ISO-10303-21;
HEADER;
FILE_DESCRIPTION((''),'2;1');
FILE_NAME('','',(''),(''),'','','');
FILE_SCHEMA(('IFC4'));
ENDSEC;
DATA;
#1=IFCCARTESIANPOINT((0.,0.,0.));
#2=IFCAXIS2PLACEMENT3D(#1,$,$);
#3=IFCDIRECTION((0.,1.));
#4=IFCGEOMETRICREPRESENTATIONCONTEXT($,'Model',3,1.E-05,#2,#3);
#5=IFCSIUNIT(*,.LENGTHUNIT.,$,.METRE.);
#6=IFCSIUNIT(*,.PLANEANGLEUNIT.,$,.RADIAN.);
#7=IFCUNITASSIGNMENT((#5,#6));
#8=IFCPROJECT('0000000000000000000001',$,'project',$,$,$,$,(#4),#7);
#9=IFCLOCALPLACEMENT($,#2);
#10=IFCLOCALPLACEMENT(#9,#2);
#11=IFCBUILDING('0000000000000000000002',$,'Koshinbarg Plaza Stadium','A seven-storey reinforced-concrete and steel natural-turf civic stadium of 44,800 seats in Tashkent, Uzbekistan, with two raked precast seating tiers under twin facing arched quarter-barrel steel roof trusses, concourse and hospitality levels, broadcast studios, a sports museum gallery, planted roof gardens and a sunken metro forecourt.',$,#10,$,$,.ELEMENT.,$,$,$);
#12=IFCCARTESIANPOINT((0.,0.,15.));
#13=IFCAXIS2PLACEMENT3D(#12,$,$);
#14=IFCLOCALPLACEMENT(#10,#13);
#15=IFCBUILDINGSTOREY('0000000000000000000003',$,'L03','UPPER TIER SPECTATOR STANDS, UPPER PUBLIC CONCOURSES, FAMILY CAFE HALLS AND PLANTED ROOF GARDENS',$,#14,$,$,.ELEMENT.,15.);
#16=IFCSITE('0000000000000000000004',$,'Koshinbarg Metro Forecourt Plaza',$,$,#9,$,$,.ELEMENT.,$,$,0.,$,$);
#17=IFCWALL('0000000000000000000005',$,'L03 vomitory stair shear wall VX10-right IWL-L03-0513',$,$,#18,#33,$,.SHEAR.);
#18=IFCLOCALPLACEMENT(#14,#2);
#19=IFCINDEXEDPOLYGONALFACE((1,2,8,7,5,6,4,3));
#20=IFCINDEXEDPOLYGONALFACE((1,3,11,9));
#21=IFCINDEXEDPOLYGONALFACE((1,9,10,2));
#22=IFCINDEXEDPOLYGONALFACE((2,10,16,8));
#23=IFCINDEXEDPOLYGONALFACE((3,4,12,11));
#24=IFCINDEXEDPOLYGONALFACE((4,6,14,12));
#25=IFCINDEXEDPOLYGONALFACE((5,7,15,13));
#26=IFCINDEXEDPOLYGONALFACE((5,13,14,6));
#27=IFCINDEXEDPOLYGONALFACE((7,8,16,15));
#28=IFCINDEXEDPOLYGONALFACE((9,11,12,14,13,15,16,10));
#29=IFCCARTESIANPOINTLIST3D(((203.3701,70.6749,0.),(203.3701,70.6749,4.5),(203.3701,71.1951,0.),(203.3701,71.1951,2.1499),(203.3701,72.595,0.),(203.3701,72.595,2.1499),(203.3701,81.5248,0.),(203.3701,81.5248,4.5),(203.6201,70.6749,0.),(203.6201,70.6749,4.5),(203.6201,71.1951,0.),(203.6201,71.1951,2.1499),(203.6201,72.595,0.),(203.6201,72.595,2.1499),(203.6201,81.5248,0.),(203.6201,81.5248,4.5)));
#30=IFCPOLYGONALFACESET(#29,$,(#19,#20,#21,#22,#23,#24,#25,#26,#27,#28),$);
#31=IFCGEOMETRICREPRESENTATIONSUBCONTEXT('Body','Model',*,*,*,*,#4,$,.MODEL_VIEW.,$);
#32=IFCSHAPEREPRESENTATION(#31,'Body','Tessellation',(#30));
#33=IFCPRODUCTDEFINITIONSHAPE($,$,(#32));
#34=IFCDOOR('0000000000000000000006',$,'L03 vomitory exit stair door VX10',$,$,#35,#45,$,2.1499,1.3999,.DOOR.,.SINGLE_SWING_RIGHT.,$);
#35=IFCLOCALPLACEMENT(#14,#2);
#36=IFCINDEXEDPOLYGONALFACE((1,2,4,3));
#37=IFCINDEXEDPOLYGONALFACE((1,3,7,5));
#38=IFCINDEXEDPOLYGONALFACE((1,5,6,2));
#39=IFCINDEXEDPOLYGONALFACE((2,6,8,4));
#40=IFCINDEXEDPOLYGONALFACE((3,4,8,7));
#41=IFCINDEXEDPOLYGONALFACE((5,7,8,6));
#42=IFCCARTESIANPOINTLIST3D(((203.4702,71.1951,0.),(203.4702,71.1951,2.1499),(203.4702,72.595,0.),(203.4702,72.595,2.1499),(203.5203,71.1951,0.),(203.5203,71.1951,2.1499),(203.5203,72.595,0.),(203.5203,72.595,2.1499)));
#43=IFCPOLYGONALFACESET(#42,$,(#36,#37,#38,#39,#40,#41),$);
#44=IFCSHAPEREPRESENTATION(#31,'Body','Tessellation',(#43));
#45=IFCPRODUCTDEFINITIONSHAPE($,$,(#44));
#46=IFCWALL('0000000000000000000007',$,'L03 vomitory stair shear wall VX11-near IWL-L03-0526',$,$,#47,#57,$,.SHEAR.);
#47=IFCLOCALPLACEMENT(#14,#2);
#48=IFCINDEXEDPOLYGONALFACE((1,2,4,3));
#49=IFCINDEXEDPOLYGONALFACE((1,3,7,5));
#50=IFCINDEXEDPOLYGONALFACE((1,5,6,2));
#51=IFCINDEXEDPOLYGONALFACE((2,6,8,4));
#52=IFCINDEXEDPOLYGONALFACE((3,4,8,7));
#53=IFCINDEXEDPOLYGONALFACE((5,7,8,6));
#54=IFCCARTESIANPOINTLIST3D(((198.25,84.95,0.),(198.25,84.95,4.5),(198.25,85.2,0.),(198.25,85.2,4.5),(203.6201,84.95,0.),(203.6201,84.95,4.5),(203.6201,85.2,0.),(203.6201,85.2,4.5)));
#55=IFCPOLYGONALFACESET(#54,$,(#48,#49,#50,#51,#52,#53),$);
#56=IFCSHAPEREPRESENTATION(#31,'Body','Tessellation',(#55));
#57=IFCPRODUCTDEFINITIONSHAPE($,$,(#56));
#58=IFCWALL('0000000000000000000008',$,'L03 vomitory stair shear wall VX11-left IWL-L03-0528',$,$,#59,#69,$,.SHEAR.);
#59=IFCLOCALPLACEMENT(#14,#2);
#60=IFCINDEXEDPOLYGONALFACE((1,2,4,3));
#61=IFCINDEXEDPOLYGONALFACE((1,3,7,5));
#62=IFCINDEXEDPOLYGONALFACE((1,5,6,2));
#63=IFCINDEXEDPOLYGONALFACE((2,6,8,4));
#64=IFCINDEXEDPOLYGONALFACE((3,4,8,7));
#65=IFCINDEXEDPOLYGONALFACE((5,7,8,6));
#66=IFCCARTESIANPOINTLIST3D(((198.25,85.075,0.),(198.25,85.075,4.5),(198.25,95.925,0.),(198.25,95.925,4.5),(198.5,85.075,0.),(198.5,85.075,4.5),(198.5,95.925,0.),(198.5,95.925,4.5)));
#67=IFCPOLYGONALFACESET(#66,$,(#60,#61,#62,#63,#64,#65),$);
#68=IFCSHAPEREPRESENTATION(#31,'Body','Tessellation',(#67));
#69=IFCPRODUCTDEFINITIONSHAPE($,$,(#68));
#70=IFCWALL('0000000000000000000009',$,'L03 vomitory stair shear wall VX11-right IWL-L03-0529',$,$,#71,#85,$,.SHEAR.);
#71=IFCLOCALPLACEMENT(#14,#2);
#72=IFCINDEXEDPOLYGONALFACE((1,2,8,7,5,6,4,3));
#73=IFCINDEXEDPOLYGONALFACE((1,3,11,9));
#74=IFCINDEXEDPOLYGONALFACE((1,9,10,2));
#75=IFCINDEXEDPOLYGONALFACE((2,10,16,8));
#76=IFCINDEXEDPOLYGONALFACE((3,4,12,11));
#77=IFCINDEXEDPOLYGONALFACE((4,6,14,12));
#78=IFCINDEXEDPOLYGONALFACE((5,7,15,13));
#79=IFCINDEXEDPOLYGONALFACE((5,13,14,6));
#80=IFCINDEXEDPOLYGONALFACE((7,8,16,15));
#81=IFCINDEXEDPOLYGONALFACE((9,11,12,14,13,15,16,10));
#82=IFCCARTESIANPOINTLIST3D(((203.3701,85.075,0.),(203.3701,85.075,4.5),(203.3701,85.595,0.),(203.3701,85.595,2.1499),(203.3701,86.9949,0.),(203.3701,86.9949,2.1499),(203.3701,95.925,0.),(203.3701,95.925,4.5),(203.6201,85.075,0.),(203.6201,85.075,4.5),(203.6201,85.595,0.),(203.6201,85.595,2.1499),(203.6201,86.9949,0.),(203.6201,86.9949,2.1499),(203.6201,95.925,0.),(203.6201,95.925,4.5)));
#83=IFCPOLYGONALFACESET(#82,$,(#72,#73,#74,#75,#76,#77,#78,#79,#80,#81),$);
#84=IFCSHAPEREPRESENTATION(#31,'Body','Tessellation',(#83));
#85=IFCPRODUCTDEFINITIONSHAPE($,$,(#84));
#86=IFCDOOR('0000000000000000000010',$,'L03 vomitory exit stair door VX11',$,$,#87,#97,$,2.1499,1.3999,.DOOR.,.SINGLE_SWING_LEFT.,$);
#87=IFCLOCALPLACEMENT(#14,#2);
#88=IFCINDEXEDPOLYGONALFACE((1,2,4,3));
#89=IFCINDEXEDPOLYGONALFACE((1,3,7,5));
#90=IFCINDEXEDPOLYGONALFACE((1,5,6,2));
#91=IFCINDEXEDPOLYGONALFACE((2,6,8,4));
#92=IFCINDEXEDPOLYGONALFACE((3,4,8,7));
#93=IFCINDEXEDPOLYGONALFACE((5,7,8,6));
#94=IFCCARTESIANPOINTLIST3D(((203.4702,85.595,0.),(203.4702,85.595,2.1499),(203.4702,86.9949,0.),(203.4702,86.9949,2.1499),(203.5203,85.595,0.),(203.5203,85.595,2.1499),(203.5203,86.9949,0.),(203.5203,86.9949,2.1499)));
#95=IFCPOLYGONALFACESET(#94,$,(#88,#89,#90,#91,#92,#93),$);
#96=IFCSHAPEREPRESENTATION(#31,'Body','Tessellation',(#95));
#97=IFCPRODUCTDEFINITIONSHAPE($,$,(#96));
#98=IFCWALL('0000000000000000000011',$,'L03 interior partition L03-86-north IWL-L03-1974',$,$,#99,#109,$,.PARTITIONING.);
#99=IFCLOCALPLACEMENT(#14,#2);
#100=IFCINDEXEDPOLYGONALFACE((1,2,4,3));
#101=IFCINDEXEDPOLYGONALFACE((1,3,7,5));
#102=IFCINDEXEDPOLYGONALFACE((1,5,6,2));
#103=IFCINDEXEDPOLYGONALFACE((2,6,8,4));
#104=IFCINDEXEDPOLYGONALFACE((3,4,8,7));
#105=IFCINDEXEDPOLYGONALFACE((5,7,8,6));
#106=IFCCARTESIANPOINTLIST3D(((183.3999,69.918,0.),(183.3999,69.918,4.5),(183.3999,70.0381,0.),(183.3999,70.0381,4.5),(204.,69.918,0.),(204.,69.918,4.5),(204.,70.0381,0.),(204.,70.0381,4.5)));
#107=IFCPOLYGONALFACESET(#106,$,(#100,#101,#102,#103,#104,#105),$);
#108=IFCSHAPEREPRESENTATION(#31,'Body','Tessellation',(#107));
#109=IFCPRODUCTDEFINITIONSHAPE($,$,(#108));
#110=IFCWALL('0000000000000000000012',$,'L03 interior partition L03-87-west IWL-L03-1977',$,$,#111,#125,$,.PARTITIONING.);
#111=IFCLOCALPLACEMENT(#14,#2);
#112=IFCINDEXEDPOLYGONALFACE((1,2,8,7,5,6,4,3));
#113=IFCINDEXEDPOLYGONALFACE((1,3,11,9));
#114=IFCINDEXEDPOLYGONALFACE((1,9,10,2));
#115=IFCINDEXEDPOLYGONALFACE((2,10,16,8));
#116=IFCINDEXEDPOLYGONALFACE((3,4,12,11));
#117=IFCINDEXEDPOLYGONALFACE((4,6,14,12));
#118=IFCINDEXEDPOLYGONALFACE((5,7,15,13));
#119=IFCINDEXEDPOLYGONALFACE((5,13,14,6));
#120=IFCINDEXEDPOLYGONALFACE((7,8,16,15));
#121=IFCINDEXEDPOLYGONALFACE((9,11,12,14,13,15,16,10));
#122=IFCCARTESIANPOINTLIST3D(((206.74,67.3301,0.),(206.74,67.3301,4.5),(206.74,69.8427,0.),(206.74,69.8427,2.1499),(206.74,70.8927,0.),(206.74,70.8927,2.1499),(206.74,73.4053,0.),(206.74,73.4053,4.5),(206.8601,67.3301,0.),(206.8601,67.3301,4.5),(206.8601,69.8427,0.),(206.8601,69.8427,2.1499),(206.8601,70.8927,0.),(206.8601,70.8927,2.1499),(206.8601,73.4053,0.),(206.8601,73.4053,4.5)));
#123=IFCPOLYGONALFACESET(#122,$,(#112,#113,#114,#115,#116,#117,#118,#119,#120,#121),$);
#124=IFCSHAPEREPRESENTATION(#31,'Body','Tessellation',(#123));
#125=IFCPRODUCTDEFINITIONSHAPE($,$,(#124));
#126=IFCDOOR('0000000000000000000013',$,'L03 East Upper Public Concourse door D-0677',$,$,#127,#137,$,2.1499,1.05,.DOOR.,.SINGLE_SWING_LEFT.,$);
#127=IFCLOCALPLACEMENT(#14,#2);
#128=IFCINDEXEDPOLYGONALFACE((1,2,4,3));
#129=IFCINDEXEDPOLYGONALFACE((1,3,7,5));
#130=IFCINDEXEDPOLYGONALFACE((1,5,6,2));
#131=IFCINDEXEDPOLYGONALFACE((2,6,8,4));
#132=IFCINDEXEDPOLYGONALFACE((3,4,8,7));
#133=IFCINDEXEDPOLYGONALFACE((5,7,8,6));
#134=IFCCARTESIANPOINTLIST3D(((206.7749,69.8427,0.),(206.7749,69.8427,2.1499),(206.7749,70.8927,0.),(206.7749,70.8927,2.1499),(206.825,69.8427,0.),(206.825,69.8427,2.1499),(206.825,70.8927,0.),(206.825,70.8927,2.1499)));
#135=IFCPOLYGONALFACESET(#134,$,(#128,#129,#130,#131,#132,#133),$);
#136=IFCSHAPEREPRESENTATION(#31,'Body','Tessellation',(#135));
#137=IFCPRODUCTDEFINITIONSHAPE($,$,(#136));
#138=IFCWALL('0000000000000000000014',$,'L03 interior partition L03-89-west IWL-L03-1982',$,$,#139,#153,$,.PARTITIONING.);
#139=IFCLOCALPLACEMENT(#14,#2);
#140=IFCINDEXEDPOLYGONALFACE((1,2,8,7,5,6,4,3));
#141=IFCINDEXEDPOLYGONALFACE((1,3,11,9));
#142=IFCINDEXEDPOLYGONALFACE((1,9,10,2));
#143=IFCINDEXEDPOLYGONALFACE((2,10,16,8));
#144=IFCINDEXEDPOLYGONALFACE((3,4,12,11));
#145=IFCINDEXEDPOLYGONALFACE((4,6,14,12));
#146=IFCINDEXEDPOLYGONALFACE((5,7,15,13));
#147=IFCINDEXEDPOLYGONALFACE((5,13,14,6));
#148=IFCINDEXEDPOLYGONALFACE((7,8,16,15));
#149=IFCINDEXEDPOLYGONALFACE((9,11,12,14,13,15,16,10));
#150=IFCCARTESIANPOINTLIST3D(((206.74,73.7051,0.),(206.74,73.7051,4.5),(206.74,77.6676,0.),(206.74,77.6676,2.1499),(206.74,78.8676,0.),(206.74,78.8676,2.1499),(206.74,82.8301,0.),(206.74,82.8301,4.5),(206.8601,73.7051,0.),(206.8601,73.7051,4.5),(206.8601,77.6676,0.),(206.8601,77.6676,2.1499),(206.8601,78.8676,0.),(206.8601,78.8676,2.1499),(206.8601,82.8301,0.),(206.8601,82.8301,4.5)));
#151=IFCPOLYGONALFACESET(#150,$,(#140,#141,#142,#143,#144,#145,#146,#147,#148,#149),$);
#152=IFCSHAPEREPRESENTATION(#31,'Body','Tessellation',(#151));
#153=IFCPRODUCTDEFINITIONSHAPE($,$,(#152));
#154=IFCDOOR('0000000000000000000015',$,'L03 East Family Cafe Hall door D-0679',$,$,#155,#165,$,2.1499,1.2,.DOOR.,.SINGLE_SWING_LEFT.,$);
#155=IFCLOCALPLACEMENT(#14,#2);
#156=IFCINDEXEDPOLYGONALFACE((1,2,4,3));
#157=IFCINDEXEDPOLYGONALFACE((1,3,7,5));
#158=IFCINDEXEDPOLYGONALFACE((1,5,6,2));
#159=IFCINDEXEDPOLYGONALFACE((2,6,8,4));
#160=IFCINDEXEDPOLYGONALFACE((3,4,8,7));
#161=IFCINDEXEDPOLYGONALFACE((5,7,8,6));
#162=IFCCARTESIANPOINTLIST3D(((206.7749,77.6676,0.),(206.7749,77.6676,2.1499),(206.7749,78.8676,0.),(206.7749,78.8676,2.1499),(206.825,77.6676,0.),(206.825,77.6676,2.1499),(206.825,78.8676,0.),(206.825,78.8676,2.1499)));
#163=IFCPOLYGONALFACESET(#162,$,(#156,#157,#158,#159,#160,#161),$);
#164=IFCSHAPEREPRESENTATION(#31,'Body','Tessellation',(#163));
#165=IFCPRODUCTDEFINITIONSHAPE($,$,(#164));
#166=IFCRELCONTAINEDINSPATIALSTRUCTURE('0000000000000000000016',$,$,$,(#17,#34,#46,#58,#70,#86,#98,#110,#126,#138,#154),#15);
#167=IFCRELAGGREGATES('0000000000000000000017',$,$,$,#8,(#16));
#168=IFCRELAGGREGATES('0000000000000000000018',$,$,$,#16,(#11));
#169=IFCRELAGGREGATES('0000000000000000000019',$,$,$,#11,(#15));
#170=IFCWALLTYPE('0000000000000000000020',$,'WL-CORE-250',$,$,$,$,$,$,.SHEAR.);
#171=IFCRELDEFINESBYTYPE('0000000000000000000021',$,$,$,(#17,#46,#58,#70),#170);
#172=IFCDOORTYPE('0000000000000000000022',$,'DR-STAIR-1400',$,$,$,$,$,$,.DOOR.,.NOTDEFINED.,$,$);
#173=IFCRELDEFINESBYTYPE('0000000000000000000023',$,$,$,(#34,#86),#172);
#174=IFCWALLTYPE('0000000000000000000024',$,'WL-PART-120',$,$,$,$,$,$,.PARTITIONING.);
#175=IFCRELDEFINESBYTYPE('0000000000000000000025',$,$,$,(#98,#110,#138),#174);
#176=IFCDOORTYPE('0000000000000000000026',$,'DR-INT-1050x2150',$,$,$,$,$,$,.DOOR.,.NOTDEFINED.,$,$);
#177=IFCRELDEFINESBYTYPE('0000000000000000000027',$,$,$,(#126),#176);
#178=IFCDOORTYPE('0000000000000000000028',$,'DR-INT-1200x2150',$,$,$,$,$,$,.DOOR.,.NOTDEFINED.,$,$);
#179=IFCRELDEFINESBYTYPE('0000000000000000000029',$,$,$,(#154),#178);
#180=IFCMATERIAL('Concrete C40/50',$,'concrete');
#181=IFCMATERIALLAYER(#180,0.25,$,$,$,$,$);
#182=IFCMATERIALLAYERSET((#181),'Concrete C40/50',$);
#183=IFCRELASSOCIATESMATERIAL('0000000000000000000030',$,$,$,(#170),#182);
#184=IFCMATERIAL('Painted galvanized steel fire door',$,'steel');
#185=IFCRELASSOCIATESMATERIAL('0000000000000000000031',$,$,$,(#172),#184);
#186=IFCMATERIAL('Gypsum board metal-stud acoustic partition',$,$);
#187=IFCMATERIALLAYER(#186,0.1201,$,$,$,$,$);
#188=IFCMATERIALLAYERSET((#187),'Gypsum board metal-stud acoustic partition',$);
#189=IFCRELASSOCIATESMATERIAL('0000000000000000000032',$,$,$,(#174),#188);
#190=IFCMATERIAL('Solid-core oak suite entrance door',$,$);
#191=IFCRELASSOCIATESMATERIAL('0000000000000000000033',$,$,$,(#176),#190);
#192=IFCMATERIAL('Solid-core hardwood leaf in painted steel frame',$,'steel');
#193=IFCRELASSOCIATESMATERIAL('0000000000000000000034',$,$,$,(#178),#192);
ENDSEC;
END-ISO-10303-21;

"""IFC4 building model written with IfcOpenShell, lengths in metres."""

from ifc_helpers import new_model, si_unit, direction, frame, frame_2d, origin, place, context, subcontext, project, spatial, rectangle, extrude, material, layer, layer_set, type_object, element, fill, save


model = new_model("IFC4")

# Units and contexts
model_context = context("Model", 3, precision=1e-05, world=origin(), true_north=direction((0.0, 1.0)))
body_context = subcontext(model_context, "Body", "Model", "MODEL_VIEW")
ifc_project = project(units=[si_unit("LENGTHUNIT", "METRE"), si_unit("PLANEANGLEUNIT", "RADIAN")], contexts=[model_context])

# Site, building, storey
site_placement = place(None, origin())
site = spatial("IfcSite", under=ifc_project, at=site_placement, Name="Koshinbarg Metro Forecourt Plaza", CompositionType="ELEMENT", RefElevation=0.0)
building_placement = place(site_placement, origin())
building = spatial("IfcBuilding", under=site, at=building_placement, Name="Koshinbarg Plaza Stadium", Description="A seven-storey reinforced-concrete and steel natural-turf civic stadium of 44,800 seats in Tashkent, Uzbekistan, with two raked precast seating tiers under twin facing arched quarter-barrel steel roof trusses, concourse and hospitality levels, broadcast studios, a sports museum gallery, planted roof gardens and a sunken metro forecourt.", CompositionType="ELEMENT")
storey_placement = place(building_placement, frame((0.0, 0.0, 15.0)))
storey = spatial("IfcBuildingStorey", under=building, at=storey_placement, Name="L03", Description="UPPER TIER SPECTATOR STANDS, UPPER PUBLIC CONCOURSES, FAMILY CAFE HALLS AND PLANTED ROOF GARDENS", CompositionType="ELEMENT", Elevation=15.0)

# Shared definitions
ifc_material_1 = material(Name="Concrete C40/50", Category="concrete")

# Shared definitions
ifc_layer_1 = layer(ifc_material_1, 0.25)
ifc_layer_set_1 = layer_set([ifc_layer_1], Name="Concrete C40/50")
wall_type_1 = type_object("IfcWallType", Name="WL-CORE-250", PredefinedType="SHEAR", material=ifc_layer_set_1)

# Shared definitions
ifc_material_2 = material(Name="Painted galvanized steel fire door", Category="steel")
door_type_1 = type_object("IfcDoorType", Name="DR-STAIR-1400", OperationType="NOTDEFINED", PredefinedType="DOOR", material=ifc_material_2)

# Wall, opening, door
wall_1_placement = place(storey_placement, frame((203.4951, 70.675, 0.0), z_axis=(0.0, 0.0, 1.0), x_axis=(0.0, 1.0, 0.0)))
wall_1 = element("IfcWall", 1, at=wall_1_placement, inside=storey, type_object=wall_type_1, Name="L03 vomitory stair shear wall VX10-right IWL-L03-0513", PredefinedType="SHEAR", context=body_context, shape_type="SweptSolid", body=[
    extrude(rectangle(XDim=10.8499, YDim=0.25, at=frame_2d((5.4248, 0.0))), origin(), (0.0, 0.0, 1.0), 4.5),
])
opening_1_placement = place(wall_1_placement, frame((0.52, 0.0, 0.0)))
opening_1 = element("IfcOpeningElement", 2, at=opening_1_placement, cuts=wall_1, PredefinedType="OPENING", context=body_context, shape_type="SweptSolid", body=[
    extrude(rectangle(XDim=1.3999, YDim=2.1499, at=frame_2d((0.7, 1.075))), frame((0.0, 0.135, 0.0), z_axis=(0.0, -1.0, 0.0), x_axis=(1.0, 0.0, 0.0)), (0.0, 0.0, 1.0), 0.27),
])
door_1_placement = place(opening_1_placement, origin())
door_1 = element("IfcDoor", 3, at=door_1_placement, inside=storey, type_object=door_type_1, Name="L03 vomitory exit stair door VX10", OperationType="SINGLE_SWING_RIGHT", OverallHeight=2.1499, OverallWidth=1.3999, PredefinedType="DOOR", context=body_context, shape_type="SweptSolid", body=[
    extrude(rectangle(XDim=1.3999, YDim=2.1499, at=frame_2d((0.7, 1.075))), frame((0.0, 0.0249, 0.0), z_axis=(0.0, -1.0, 0.0), x_axis=(1.0, 0.0, 0.0)), (0.0, 0.0, 1.0), 0.05),
])
fill(opening_1, door_1)

# Walls
wall_2_placement = place(storey_placement, frame((198.25, 85.075, 0.0), z_axis=(0.0, 0.0, 1.0), x_axis=(1.0, 0.0, 0.0)))
element("IfcWall", 4, at=wall_2_placement, inside=storey, type_object=wall_type_1, Name="L03 vomitory stair shear wall VX11-near IWL-L03-0526", PredefinedType="SHEAR", context=body_context, shape_type="SweptSolid", body=[
    extrude(rectangle(XDim=5.3701, YDim=0.25, at=frame_2d((2.6851, 0.0))), origin(), (0.0, 0.0, 1.0), 4.5),
])
wall_3_placement = place(storey_placement, frame((198.375, 85.075, 0.0), z_axis=(0.0, 0.0, 1.0), x_axis=(0.0, 1.0, 0.0)))
element("IfcWall", 5, at=wall_3_placement, inside=storey, type_object=wall_type_1, Name="L03 vomitory stair shear wall VX11-left IWL-L03-0528", PredefinedType="SHEAR", context=body_context, shape_type="SweptSolid", body=[
    extrude(rectangle(XDim=10.8501, YDim=0.25, at=frame_2d((5.425, 0.0))), origin(), (0.0, 0.0, 1.0), 4.5),
])

# Wall, opening, door
wall_4_placement = place(storey_placement, frame((203.4951, 85.075, 0.0), z_axis=(0.0, 0.0, 1.0), x_axis=(0.0, 1.0, 0.0)))
wall_4 = element("IfcWall", 6, at=wall_4_placement, inside=storey, type_object=wall_type_1, Name="L03 vomitory stair shear wall VX11-right IWL-L03-0529", PredefinedType="SHEAR", context=body_context, shape_type="SweptSolid", body=[
    extrude(rectangle(XDim=10.8501, YDim=0.25, at=frame_2d((5.425, 0.0))), origin(), (0.0, 0.0, 1.0), 4.5),
])
opening_2_placement = place(wall_4_placement, frame((0.52, 0.0, 0.0)))
opening_2 = element("IfcOpeningElement", 7, at=opening_2_placement, cuts=wall_4, PredefinedType="OPENING", context=body_context, shape_type="SweptSolid", body=[
    extrude(rectangle(XDim=1.3999, YDim=2.1499, at=frame_2d((0.7, 1.075))), frame((0.0, 0.135, 0.0), z_axis=(0.0, -1.0, 0.0), x_axis=(1.0, 0.0, 0.0)), (0.0, 0.0, 1.0), 0.27),
])
door_2_placement = place(opening_2_placement, origin())
door_2 = element("IfcDoor", 8, at=door_2_placement, inside=storey, type_object=door_type_1, Name="L03 vomitory exit stair door VX11", OperationType="SINGLE_SWING_LEFT", OverallHeight=2.1499, OverallWidth=1.3999, PredefinedType="DOOR", context=body_context, shape_type="SweptSolid", body=[
    extrude(rectangle(XDim=1.3999, YDim=2.1499, at=frame_2d((0.7, 1.075))), frame((0.0, 0.0249, 0.0), z_axis=(0.0, -1.0, 0.0), x_axis=(1.0, 0.0, 0.0)), (0.0, 0.0, 1.0), 0.05),
])
fill(opening_2, door_2)

# Wall
ifc_material_3 = material(Name="Gypsum board metal-stud acoustic partition")
ifc_layer_2 = layer(ifc_material_3, 0.1201)
ifc_layer_set_2 = layer_set([ifc_layer_2], Name="Gypsum board metal-stud acoustic partition")
wall_type_2 = type_object("IfcWallType", Name="WL-PART-120", PredefinedType="PARTITIONING", material=ifc_layer_set_2)
wall_5_placement = place(storey_placement, frame((204.0, 69.978, 0.0), z_axis=(0.0, 0.0, 1.0), x_axis=(-1.0, 0.0, 0.0)))
element("IfcWall", 9, at=wall_5_placement, inside=storey, type_object=wall_type_2, Name="L03 interior partition L03-86-north IWL-L03-1974", PredefinedType="PARTITIONING", context=body_context, shape_type="SweptSolid", body=[
    extrude(rectangle(XDim=20.6001, YDim=0.1201, at=frame_2d((10.3, 0.0))), origin(), (0.0, 0.0, 1.0), 4.5),
])

# Walls, openings, doors
wall_6_placement = place(storey_placement, frame((206.8, 73.4053, 0.0), z_axis=(0.0, 0.0, 1.0), x_axis=(0.0, -1.0, 0.0)))
wall_6 = element("IfcWall", 10, at=wall_6_placement, inside=storey, type_object=wall_type_2, Name="L03 interior partition L03-87-west IWL-L03-1977", PredefinedType="PARTITIONING", context=body_context, shape_type="SweptSolid", body=[
    extrude(rectangle(XDim=6.0752, YDim=0.1201, at=frame_2d((3.0376, 0.0))), origin(), (0.0, 0.0, 1.0), 4.5),
])
opening_3_placement = place(wall_6_placement, frame((2.5127, 0.0, 0.0)))
opening_3 = element("IfcOpeningElement", 11, at=opening_3_placement, cuts=wall_6, PredefinedType="OPENING", context=body_context, shape_type="SweptSolid", body=[
    extrude(rectangle(XDim=1.05, YDim=2.1499, at=frame_2d((0.5249, 1.075))), frame((0.0, 0.0701, 0.0), z_axis=(0.0, -1.0, 0.0), x_axis=(1.0, 0.0, 0.0)), (0.0, 0.0, 1.0), 0.1401),
])
ifc_material_4 = material(Name="Solid-core oak suite entrance door")
door_type_2 = type_object("IfcDoorType", Name="DR-INT-1050x2150", OperationType="NOTDEFINED", PredefinedType="DOOR", material=ifc_material_4)
door_3_placement = place(opening_3_placement, origin())
door_3 = element("IfcDoor", 12, at=door_3_placement, inside=storey, type_object=door_type_2, Name="L03 East Upper Public Concourse door D-0677", OperationType="SINGLE_SWING_LEFT", OverallHeight=2.1499, OverallWidth=1.05, PredefinedType="DOOR", context=body_context, shape_type="SweptSolid", body=[
    extrude(rectangle(XDim=1.05, YDim=2.1499, at=frame_2d((0.5249, 1.075))), frame((0.0, 0.0249, 0.0), z_axis=(0.0, -1.0, 0.0), x_axis=(1.0, 0.0, 0.0)), (0.0, 0.0, 1.0), 0.05),
])
fill(opening_3, door_3)
wall_7_placement = place(storey_placement, frame((206.8, 82.8301, 0.0), z_axis=(0.0, 0.0, 1.0), x_axis=(0.0, -1.0, 0.0)))
wall_7 = element("IfcWall", 13, at=wall_7_placement, inside=storey, type_object=wall_type_2, Name="L03 interior partition L03-89-west IWL-L03-1982", PredefinedType="PARTITIONING", context=body_context, shape_type="SweptSolid", body=[
    extrude(rectangle(XDim=9.125, YDim=0.1201, at=frame_2d((4.5625, 0.0))), origin(), (0.0, 0.0, 1.0), 4.5),
])
opening_4_placement = place(wall_7_placement, frame((3.9624, 0.0, 0.0)))
opening_4 = element("IfcOpeningElement", 14, at=opening_4_placement, cuts=wall_7, PredefinedType="OPENING", context=body_context, shape_type="SweptSolid", body=[
    extrude(rectangle(XDim=1.2, YDim=2.1499, at=frame_2d((0.6001, 1.075))), frame((0.0, 0.0701, 0.0), z_axis=(0.0, -1.0, 0.0), x_axis=(1.0, 0.0, 0.0)), (0.0, 0.0, 1.0), 0.1401),
])
ifc_material_5 = material(Name="Solid-core hardwood leaf in painted steel frame", Category="steel")
door_type_3 = type_object("IfcDoorType", Name="DR-INT-1200x2150", OperationType="NOTDEFINED", PredefinedType="DOOR", material=ifc_material_5)
door_4_placement = place(opening_4_placement, origin())
door_4 = element("IfcDoor", 15, at=door_4_placement, inside=storey, type_object=door_type_3, Name="L03 East Family Cafe Hall door D-0679", OperationType="SINGLE_SWING_LEFT", OverallHeight=2.1499, OverallWidth=1.2, PredefinedType="DOOR", context=body_context, shape_type="SweptSolid", body=[
    extrude(rectangle(XDim=1.2, YDim=2.1499, at=frame_2d((0.6001, 1.075))), frame((0.0, 0.0249, 0.0), z_axis=(0.0, -1.0, 0.0), x_axis=(1.0, 0.0, 0.0)), (0.0, 0.0, 1.0), 0.05),
])
fill(opening_4, door_4)

save(model, "model.ifc")
